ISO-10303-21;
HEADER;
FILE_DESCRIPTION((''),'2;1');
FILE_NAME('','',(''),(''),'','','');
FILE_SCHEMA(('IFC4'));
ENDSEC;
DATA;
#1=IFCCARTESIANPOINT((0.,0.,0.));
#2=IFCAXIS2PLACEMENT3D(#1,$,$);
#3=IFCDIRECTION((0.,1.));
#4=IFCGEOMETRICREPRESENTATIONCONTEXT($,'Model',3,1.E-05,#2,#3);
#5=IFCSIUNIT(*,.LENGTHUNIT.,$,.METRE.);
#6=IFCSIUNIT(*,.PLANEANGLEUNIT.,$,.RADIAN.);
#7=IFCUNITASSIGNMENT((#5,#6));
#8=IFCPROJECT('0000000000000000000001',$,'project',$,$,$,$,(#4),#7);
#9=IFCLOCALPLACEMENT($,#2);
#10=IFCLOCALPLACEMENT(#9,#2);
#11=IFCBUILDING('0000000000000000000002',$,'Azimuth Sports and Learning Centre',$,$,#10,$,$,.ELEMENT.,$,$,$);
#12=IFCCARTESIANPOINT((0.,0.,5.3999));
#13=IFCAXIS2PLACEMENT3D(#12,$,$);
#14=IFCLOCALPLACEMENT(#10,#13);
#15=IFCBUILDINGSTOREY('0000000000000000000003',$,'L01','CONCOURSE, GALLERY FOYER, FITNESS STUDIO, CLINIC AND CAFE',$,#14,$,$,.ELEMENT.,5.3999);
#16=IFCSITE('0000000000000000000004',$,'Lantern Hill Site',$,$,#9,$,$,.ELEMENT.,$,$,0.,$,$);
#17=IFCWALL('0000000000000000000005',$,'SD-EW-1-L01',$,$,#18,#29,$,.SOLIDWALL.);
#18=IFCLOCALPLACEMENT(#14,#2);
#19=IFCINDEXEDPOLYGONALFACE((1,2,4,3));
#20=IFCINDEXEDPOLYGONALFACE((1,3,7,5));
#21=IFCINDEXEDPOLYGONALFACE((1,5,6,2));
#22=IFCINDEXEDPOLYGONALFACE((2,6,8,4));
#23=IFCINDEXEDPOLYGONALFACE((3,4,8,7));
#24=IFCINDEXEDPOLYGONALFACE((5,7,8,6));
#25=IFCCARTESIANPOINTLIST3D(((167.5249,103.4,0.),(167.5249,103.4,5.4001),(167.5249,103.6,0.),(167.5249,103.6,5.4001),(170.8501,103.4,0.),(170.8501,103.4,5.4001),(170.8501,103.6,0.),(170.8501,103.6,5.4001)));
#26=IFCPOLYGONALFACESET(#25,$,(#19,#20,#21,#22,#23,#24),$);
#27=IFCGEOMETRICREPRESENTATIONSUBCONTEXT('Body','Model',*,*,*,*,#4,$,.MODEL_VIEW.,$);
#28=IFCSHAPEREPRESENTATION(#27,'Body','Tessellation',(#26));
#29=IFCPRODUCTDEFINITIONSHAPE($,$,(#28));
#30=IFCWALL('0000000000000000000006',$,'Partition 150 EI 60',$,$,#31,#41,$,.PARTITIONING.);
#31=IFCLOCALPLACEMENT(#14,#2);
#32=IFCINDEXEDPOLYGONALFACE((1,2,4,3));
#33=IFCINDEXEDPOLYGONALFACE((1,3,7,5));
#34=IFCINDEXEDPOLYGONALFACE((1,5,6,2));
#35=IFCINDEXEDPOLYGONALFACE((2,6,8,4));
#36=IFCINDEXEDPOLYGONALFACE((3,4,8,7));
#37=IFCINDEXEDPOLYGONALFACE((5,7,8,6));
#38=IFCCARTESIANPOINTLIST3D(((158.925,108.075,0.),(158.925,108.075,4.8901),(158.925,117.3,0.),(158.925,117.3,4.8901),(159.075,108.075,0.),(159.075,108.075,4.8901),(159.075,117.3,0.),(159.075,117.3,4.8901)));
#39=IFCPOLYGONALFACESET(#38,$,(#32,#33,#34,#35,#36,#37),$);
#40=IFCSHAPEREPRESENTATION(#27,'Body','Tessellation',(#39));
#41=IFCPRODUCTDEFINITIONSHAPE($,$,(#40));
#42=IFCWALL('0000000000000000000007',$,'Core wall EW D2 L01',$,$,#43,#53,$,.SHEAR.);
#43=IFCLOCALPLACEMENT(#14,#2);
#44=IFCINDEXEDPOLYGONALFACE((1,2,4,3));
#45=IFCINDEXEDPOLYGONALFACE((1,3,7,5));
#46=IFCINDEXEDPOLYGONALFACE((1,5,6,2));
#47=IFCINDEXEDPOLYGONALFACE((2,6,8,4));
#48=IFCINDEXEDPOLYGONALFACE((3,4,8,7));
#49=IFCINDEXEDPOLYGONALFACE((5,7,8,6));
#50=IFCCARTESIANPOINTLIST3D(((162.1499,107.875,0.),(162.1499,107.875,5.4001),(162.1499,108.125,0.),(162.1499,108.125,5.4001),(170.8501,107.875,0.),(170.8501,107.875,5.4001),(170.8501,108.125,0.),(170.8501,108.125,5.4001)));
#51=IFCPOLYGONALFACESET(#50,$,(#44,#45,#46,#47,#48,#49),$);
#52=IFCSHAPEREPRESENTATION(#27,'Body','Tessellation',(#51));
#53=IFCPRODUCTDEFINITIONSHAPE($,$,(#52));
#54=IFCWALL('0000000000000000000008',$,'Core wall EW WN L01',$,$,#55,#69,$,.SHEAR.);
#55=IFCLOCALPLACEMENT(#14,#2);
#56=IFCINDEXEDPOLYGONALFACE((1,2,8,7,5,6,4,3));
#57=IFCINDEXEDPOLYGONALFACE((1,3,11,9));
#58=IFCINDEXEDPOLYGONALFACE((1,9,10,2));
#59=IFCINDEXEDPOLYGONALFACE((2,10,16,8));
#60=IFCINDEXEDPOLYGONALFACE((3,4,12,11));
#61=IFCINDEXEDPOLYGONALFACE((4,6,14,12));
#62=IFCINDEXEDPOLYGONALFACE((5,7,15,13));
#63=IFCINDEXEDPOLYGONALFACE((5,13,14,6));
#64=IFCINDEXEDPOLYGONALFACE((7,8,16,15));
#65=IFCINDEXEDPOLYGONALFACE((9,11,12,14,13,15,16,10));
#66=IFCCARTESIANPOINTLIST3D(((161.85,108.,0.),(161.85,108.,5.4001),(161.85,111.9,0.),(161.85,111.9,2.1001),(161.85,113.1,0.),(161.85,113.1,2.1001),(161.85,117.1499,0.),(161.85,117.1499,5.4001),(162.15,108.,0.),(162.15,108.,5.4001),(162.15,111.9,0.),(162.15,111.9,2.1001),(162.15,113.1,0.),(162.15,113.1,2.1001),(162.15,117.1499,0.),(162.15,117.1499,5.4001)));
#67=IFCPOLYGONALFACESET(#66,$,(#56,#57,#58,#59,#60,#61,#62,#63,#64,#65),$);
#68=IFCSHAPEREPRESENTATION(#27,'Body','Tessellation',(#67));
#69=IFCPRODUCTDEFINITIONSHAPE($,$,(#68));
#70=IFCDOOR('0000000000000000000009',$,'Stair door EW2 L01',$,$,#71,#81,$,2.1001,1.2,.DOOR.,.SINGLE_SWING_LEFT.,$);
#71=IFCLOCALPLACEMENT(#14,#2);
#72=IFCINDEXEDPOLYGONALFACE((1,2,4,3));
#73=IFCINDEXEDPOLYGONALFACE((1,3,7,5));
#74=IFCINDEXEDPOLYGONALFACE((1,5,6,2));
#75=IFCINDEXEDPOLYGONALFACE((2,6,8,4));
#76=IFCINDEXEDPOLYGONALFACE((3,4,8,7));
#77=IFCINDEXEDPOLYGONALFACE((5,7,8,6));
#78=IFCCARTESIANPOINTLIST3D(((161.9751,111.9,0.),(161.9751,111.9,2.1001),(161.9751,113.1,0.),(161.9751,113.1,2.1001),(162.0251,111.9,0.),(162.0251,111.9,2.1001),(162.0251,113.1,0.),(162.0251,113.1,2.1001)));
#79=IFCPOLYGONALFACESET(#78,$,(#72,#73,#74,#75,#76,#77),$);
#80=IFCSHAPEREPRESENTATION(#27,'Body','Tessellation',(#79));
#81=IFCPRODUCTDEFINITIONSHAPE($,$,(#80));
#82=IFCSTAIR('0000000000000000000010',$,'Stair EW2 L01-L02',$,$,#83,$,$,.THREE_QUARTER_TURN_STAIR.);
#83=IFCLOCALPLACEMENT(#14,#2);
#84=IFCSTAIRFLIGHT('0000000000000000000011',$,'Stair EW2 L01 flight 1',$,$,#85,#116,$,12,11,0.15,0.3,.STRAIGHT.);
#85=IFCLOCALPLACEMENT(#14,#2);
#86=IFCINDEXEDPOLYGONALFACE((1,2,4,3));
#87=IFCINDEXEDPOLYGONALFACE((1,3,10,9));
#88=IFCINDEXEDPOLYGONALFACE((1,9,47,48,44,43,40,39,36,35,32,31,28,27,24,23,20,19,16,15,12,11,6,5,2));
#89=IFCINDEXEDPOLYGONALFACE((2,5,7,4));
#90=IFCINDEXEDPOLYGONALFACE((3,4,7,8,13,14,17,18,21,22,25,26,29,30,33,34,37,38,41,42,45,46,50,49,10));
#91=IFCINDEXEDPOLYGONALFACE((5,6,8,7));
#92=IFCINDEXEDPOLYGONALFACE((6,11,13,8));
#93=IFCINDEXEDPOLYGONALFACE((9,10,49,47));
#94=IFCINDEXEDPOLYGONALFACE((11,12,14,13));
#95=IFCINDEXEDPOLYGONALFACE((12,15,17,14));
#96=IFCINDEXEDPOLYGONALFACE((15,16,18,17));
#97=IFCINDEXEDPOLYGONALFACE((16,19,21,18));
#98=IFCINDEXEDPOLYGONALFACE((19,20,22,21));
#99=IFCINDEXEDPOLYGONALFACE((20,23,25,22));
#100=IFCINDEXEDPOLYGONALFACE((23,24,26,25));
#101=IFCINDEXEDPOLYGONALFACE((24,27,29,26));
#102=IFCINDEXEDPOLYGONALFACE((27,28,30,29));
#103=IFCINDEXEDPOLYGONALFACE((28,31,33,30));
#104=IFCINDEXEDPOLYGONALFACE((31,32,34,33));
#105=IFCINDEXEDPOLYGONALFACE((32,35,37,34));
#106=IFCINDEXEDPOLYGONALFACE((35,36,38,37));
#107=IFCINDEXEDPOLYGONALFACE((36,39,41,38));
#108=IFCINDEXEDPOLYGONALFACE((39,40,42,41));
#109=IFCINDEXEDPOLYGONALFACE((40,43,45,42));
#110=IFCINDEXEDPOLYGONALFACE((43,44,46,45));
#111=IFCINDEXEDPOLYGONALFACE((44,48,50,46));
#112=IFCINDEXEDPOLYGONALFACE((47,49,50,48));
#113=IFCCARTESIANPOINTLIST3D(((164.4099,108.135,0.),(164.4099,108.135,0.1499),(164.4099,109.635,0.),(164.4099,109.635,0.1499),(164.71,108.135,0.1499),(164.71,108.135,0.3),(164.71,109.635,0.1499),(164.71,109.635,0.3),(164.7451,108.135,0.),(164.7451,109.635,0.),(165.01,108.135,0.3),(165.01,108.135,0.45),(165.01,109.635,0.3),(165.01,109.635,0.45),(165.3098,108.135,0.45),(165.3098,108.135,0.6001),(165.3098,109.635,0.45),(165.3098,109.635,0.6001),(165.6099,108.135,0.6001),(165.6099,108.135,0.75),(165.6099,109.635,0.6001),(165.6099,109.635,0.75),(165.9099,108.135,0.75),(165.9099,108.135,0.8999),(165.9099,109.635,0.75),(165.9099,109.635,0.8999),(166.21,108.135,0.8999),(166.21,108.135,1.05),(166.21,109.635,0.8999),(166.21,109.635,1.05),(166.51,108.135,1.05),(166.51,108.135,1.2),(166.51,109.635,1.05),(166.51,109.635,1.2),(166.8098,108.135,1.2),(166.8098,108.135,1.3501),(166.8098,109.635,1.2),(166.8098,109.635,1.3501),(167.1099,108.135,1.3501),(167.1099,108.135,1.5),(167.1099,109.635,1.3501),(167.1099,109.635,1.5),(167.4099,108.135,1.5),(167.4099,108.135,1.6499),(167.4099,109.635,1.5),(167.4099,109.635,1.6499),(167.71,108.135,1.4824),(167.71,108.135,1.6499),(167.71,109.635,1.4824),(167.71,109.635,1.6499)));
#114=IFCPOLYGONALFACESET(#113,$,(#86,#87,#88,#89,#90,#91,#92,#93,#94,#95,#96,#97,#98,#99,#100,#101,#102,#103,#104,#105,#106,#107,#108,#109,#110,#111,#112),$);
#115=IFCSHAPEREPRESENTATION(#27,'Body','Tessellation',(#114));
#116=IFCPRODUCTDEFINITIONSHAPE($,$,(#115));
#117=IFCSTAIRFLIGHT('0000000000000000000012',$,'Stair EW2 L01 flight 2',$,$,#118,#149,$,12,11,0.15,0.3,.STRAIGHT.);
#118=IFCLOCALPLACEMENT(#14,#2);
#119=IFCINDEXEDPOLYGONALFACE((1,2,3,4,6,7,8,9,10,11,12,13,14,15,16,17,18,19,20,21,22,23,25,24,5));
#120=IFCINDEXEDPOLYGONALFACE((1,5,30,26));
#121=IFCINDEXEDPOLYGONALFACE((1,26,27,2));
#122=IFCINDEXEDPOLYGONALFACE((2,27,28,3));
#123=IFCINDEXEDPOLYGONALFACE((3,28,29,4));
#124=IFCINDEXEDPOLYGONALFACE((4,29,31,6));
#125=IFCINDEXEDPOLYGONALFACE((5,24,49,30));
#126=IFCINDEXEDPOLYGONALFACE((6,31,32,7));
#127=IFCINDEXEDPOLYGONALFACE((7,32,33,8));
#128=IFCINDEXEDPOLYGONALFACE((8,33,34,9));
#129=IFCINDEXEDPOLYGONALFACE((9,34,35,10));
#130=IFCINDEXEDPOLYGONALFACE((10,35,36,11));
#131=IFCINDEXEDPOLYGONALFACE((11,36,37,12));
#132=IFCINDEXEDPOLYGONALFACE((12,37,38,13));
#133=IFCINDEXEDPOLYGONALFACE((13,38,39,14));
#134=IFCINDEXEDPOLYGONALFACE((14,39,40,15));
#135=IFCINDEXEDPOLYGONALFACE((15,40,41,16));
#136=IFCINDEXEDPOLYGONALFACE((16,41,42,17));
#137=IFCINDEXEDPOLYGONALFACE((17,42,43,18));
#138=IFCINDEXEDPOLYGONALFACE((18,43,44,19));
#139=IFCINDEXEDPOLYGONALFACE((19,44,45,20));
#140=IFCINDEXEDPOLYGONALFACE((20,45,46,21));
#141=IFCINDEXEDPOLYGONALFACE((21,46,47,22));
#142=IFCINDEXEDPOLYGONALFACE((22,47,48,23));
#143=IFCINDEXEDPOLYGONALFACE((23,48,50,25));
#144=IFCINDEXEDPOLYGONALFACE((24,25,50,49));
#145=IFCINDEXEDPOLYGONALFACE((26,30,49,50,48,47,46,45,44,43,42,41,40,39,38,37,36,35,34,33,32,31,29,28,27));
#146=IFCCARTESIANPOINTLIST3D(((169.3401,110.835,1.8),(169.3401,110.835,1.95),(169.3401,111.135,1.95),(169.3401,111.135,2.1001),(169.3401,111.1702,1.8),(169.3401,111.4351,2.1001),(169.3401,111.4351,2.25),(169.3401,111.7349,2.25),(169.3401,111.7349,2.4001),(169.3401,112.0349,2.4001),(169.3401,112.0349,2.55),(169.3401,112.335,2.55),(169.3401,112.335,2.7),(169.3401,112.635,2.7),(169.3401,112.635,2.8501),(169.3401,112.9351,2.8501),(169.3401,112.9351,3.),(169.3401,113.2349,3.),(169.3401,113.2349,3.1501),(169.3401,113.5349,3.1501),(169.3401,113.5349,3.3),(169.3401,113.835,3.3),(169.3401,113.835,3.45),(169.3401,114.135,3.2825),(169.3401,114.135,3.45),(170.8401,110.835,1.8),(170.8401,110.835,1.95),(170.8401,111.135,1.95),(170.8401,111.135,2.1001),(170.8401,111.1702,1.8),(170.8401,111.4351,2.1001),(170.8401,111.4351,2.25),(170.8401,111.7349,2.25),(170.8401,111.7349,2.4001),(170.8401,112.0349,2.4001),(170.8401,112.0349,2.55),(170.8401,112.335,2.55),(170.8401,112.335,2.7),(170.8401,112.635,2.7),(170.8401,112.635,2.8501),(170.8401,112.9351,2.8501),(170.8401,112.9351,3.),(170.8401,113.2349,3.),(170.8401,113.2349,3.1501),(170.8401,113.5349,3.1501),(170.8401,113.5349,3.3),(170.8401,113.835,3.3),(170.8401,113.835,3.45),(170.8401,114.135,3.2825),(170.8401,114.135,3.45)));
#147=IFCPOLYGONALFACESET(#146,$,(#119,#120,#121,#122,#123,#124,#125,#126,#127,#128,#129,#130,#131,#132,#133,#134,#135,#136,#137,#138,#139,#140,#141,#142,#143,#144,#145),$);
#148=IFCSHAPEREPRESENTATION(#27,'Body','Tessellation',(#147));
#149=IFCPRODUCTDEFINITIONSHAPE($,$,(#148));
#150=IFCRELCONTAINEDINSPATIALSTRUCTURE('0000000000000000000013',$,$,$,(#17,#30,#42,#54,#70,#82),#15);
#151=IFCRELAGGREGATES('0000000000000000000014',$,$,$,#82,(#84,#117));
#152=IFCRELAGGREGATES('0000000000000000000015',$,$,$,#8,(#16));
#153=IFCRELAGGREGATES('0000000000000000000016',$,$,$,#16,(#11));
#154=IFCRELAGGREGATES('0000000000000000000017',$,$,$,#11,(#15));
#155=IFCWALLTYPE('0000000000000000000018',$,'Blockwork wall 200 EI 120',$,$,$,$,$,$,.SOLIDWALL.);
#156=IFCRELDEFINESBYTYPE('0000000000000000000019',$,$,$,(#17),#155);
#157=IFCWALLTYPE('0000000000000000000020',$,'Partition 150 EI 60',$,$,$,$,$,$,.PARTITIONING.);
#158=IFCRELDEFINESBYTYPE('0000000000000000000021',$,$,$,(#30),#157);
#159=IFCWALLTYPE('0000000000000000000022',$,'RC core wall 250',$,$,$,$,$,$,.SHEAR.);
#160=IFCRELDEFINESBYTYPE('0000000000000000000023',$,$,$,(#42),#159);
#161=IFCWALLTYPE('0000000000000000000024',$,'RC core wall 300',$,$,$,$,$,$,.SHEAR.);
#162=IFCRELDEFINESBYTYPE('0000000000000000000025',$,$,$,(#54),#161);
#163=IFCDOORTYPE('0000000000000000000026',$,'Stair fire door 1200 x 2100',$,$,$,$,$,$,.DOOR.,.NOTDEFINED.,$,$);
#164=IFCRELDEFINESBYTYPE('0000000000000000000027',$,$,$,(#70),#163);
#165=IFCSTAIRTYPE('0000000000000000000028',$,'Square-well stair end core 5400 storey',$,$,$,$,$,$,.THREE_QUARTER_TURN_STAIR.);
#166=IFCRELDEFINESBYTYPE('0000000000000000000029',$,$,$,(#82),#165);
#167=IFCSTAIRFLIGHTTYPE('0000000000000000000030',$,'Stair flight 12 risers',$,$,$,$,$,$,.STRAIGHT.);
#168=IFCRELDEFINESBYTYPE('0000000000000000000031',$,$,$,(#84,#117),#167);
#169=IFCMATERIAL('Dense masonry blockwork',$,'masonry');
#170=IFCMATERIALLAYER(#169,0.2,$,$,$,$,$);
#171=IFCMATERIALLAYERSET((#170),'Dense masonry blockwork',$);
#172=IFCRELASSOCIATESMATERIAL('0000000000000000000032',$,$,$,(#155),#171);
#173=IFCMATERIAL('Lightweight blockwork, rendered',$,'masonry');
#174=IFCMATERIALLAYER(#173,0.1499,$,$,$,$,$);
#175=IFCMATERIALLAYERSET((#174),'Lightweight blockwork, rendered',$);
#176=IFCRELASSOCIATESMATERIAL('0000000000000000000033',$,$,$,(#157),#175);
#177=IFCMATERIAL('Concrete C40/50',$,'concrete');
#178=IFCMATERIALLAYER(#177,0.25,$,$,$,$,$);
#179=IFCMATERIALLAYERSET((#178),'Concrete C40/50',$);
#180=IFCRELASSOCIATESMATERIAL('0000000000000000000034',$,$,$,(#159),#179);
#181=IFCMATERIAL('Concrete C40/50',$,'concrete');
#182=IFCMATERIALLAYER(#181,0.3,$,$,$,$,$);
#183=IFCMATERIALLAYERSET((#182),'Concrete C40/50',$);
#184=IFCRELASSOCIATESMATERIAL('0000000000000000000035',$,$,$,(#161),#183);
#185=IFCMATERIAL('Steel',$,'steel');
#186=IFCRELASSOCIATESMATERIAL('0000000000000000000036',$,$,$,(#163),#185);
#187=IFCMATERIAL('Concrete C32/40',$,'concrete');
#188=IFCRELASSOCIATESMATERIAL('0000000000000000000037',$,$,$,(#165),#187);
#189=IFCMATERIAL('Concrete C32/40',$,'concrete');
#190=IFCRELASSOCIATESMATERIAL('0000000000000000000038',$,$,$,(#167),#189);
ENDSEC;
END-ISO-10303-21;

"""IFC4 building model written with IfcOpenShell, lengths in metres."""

from ifc_helpers import new_model, si_unit, direction, frame, frame_2d, origin, place, context, subcontext, project, spatial, polyline, rectangle, outline, extrude, material, layer, layer_set, type_object, element, fill, aggregate, save


model = new_model("IFC4")

# Units and contexts
model_context = context("Model", 3, precision=1e-05, world=origin(), true_north=direction((0.0, 1.0)))
body_context = subcontext(model_context, "Body", "Model", "MODEL_VIEW")
ifc_project = project(units=[si_unit("LENGTHUNIT", "METRE"), si_unit("PLANEANGLEUNIT", "RADIAN")], contexts=[model_context])

# Site, building, storey
site_placement = place(None, origin())
site = spatial("IfcSite", under=ifc_project, at=site_placement, Name="Lantern Hill Site", CompositionType="ELEMENT", RefElevation=0.0)
building_placement = place(site_placement, origin())
building = spatial("IfcBuilding", under=site, at=building_placement, Name="Azimuth Sports and Learning Centre", CompositionType="ELEMENT")
storey_placement = place(building_placement, frame((0.0, 0.0, 5.3999)))
storey = spatial("IfcBuildingStorey", under=building, at=storey_placement, Name="L01", Description="CONCOURSE, GALLERY FOYER, FITNESS STUDIO, CLINIC AND CAFE", CompositionType="ELEMENT", Elevation=5.3999)

# Walls
ifc_material_1 = material(Name="Dense masonry blockwork", Category="masonry")
ifc_layer_1 = layer(ifc_material_1, 0.2)
ifc_layer_set_1 = layer_set([ifc_layer_1], Name="Dense masonry blockwork")
wall_type_1 = type_object("IfcWallType", Name="Blockwork wall 200 EI 120", PredefinedType="SOLIDWALL", material=ifc_layer_set_1)
wall_1_placement = place(storey_placement, frame((167.5249, 103.5, 0.0), z_axis=(0.0, 0.0, 1.0), x_axis=(1.0, 0.0, 0.0)))
element("IfcWall", 1, at=wall_1_placement, inside=storey, type_object=wall_type_1, Name="SD-EW-1-L01", PredefinedType="SOLIDWALL", context=body_context, shape_type="SweptSolid", body=[
    extrude(rectangle(XDim=3.3252, YDim=0.2, at=frame_2d((1.6626, 0.0))), origin(), (0.0, 0.0, 1.0), 5.4001),
])
ifc_material_2 = material(Name="Lightweight blockwork, rendered", Category="masonry")
ifc_layer_2 = layer(ifc_material_2, 0.1499)
ifc_layer_set_2 = layer_set([ifc_layer_2], Name="Lightweight blockwork, rendered")
wall_type_2 = type_object("IfcWallType", Name="Partition 150 EI 60", PredefinedType="PARTITIONING", material=ifc_layer_set_2)
wall_2_placement = place(storey_placement, frame((159.0, 108.075, 0.0), z_axis=(0.0, 0.0, 1.0), x_axis=(0.0, 1.0, 0.0)))
element("IfcWall", 2, at=wall_2_placement, inside=storey, type_object=wall_type_2, Name="Partition 150 EI 60", PredefinedType="PARTITIONING", context=body_context, shape_type="SweptSolid", body=[
    extrude(rectangle(XDim=9.2251, YDim=0.1499, at=frame_2d((4.6125, 0.0))), origin(), (0.0, 0.0, 1.0), 4.8901),
])
ifc_material_3 = material(Name="Concrete C40/50", Category="concrete")
ifc_layer_3 = layer(ifc_material_3, 0.25)
ifc_layer_set_3 = layer_set([ifc_layer_3], Name="Concrete C40/50")
wall_type_3 = type_object("IfcWallType", Name="RC core wall 250", PredefinedType="SHEAR", material=ifc_layer_set_3)
wall_3_placement = place(storey_placement, frame((162.1499, 108.0, 0.0), z_axis=(0.0, 0.0, 1.0), x_axis=(1.0, 0.0, 0.0)))
element("IfcWall", 3, at=wall_3_placement, inside=storey, type_object=wall_type_3, Name="Core wall EW D2 L01", PredefinedType="SHEAR", context=body_context, shape_type="SweptSolid", body=[
    extrude(rectangle(XDim=8.7002, YDim=0.25, at=frame_2d((4.3501, 0.0))), origin(), (0.0, 0.0, 1.0), 5.4001),
])

# Wall, opening, door
ifc_material_4 = material(Name="Concrete C40/50", Category="concrete")
ifc_layer_4 = layer(ifc_material_4, 0.3)
ifc_layer_set_4 = layer_set([ifc_layer_4], Name="Concrete C40/50")
wall_type_4 = type_object("IfcWallType", Name="RC core wall 300", PredefinedType="SHEAR", material=ifc_layer_set_4)
wall_4_placement = place(storey_placement, frame((162.0, 108.0, 0.0), z_axis=(0.0, 0.0, 1.0), x_axis=(0.0, 1.0, 0.0)))
wall_4 = element("IfcWall", 4, at=wall_4_placement, inside=storey, type_object=wall_type_4, Name="Core wall EW WN L01", PredefinedType="SHEAR", context=body_context, shape_type="SweptSolid", body=[
    extrude(rectangle(XDim=9.1499, YDim=0.3, at=frame_2d((4.575, 0.0))), origin(), (0.0, 0.0, 1.0), 5.4001),
])
opening_placement = place(wall_4_placement, frame((3.8999, 0.0, 0.0)))
opening = element("IfcOpeningElement", 5, at=opening_placement, cuts=wall_4, PredefinedType="OPENING", context=body_context, shape_type="SweptSolid", body=[
    extrude(rectangle(XDim=1.2, YDim=2.1001, at=frame_2d((0.6001, 1.05))), frame((0.0, 0.1611, 0.0), z_axis=(0.0, -1.0, 0.0), x_axis=(1.0, 0.0, 0.0)), (0.0, 0.0, 1.0), 0.322),
])
ifc_material_5 = material(Name="Steel", Category="steel")
door_type = type_object("IfcDoorType", Name="Stair fire door 1200 x 2100", OperationType="NOTDEFINED", PredefinedType="DOOR", material=ifc_material_5)
door_placement = place(opening_placement, origin())
door = element("IfcDoor", 6, at=door_placement, inside=storey, type_object=door_type, Name="Stair door EW2 L01", OperationType="SINGLE_SWING_LEFT", OverallHeight=2.1001, OverallWidth=1.2, PredefinedType="DOOR", context=body_context, shape_type="SweptSolid", body=[
    extrude(rectangle(XDim=1.2, YDim=2.1001, at=frame_2d((0.6001, 1.05))), frame((0.0, 0.0249, 0.0), z_axis=(0.0, -1.0, 0.0), x_axis=(1.0, 0.0, 0.0)), (0.0, 0.0, 1.0), 0.05),
])
fill(opening, door)

# Stair, stair flights
ifc_material_6 = material(Name="Concrete C32/40", Category="concrete")
stair_type = type_object("IfcStairType", Name="Square-well stair end core 5400 storey", PredefinedType="THREE_QUARTER_TURN_STAIR", material=ifc_material_6)
stair_placement = place(storey_placement, origin())
stair = element("IfcStair", 7, at=stair_placement, inside=storey, type_object=stair_type, Name="Stair EW2 L01-L02", PredefinedType="THREE_QUARTER_TURN_STAIR")
ifc_material_7 = material(Name="Concrete C32/40", Category="concrete")
stair_flight_type = type_object("IfcStairFlightType", Name="Stair flight 12 risers", PredefinedType="STRAIGHT", material=ifc_material_7)
stair_flight_1_placement = place(storey_placement, frame((164.4099, 108.885, 0.0), z_axis=(0.0, 0.0, 1.0), x_axis=(1.0, 0.0, 0.0)))
stair_flight_1 = element("IfcStairFlight", 8, at=stair_flight_1_placement, type_object=stair_flight_type, Name="Stair EW2 L01 flight 1", NumberOfRisers=12, NumberOfTreads=11, PredefinedType="STRAIGHT", RiserHeight=0.15, TreadLength=0.3, context=body_context, shape_type="SweptSolid", body=[
    extrude(outline(polyline([(0.0, 0.0), (0.0, 0.1499), (0.3, 0.1499), (0.3, 0.3), (0.6001, 0.3), (0.6001, 0.45), (0.8999, 0.45), (0.8999, 0.6001), (1.2, 0.6001), (1.2, 0.75), (1.5, 0.75), (1.5, 0.8999), (1.8, 0.8999), (1.8, 1.05), (2.1001, 1.05), (2.1001, 1.2), (2.3999, 1.2), (2.3999, 1.3501), (2.7, 1.3501), (2.7, 1.5), (3.0, 1.5), (3.0, 1.6499), (3.3, 1.6499), (3.3, 1.8), (3.3, 1.4824), (0.3352, 0.0), (0.0, 0.0)])), frame((0.0, 0.75, 0.0), z_axis=(0.0, -1.0, 0.0), x_axis=(1.0, 0.0, 0.0)), (0.0, 0.0, 1.0), 1.5),
])
stair_flight_2_placement = place(storey_placement, frame((170.0901, 110.835, 1.8), z_axis=(0.0, 0.0, 1.0), x_axis=(0.0, 1.0, 0.0)))
stair_flight_2 = element("IfcStairFlight", 9, at=stair_flight_2_placement, type_object=stair_flight_type, Name="Stair EW2 L01 flight 2", NumberOfRisers=12, NumberOfTreads=11, PredefinedType="STRAIGHT", RiserHeight=0.15, TreadLength=0.3, context=body_context, shape_type="SweptSolid", body=[
    extrude(outline(polyline([(0.0, 0.0), (0.0, 0.1499), (0.3, 0.1499), (0.3, 0.3), (0.6001, 0.3), (0.6001, 0.45), (0.8999, 0.45), (0.8999, 0.6001), (1.2, 0.6001), (1.2, 0.75), (1.5, 0.75), (1.5, 0.8999), (1.8, 0.8999), (1.8, 1.05), (2.1001, 1.05), (2.1001, 1.2), (2.3999, 1.2), (2.3999, 1.3501), (2.7, 1.3501), (2.7, 1.5), (3.0, 1.5), (3.0, 1.6499), (3.3, 1.6499), (3.3, 1.8), (3.3, 1.4824), (0.3352, 0.0), (0.0, 0.0)])), frame((0.0, 0.75, 0.0), z_axis=(0.0, -1.0, 0.0), x_axis=(1.0, 0.0, 0.0)), (0.0, 0.0, 1.0), 1.5),
])
aggregate(stair, [stair_flight_1, stair_flight_2])

save(model, "model.ifc")
